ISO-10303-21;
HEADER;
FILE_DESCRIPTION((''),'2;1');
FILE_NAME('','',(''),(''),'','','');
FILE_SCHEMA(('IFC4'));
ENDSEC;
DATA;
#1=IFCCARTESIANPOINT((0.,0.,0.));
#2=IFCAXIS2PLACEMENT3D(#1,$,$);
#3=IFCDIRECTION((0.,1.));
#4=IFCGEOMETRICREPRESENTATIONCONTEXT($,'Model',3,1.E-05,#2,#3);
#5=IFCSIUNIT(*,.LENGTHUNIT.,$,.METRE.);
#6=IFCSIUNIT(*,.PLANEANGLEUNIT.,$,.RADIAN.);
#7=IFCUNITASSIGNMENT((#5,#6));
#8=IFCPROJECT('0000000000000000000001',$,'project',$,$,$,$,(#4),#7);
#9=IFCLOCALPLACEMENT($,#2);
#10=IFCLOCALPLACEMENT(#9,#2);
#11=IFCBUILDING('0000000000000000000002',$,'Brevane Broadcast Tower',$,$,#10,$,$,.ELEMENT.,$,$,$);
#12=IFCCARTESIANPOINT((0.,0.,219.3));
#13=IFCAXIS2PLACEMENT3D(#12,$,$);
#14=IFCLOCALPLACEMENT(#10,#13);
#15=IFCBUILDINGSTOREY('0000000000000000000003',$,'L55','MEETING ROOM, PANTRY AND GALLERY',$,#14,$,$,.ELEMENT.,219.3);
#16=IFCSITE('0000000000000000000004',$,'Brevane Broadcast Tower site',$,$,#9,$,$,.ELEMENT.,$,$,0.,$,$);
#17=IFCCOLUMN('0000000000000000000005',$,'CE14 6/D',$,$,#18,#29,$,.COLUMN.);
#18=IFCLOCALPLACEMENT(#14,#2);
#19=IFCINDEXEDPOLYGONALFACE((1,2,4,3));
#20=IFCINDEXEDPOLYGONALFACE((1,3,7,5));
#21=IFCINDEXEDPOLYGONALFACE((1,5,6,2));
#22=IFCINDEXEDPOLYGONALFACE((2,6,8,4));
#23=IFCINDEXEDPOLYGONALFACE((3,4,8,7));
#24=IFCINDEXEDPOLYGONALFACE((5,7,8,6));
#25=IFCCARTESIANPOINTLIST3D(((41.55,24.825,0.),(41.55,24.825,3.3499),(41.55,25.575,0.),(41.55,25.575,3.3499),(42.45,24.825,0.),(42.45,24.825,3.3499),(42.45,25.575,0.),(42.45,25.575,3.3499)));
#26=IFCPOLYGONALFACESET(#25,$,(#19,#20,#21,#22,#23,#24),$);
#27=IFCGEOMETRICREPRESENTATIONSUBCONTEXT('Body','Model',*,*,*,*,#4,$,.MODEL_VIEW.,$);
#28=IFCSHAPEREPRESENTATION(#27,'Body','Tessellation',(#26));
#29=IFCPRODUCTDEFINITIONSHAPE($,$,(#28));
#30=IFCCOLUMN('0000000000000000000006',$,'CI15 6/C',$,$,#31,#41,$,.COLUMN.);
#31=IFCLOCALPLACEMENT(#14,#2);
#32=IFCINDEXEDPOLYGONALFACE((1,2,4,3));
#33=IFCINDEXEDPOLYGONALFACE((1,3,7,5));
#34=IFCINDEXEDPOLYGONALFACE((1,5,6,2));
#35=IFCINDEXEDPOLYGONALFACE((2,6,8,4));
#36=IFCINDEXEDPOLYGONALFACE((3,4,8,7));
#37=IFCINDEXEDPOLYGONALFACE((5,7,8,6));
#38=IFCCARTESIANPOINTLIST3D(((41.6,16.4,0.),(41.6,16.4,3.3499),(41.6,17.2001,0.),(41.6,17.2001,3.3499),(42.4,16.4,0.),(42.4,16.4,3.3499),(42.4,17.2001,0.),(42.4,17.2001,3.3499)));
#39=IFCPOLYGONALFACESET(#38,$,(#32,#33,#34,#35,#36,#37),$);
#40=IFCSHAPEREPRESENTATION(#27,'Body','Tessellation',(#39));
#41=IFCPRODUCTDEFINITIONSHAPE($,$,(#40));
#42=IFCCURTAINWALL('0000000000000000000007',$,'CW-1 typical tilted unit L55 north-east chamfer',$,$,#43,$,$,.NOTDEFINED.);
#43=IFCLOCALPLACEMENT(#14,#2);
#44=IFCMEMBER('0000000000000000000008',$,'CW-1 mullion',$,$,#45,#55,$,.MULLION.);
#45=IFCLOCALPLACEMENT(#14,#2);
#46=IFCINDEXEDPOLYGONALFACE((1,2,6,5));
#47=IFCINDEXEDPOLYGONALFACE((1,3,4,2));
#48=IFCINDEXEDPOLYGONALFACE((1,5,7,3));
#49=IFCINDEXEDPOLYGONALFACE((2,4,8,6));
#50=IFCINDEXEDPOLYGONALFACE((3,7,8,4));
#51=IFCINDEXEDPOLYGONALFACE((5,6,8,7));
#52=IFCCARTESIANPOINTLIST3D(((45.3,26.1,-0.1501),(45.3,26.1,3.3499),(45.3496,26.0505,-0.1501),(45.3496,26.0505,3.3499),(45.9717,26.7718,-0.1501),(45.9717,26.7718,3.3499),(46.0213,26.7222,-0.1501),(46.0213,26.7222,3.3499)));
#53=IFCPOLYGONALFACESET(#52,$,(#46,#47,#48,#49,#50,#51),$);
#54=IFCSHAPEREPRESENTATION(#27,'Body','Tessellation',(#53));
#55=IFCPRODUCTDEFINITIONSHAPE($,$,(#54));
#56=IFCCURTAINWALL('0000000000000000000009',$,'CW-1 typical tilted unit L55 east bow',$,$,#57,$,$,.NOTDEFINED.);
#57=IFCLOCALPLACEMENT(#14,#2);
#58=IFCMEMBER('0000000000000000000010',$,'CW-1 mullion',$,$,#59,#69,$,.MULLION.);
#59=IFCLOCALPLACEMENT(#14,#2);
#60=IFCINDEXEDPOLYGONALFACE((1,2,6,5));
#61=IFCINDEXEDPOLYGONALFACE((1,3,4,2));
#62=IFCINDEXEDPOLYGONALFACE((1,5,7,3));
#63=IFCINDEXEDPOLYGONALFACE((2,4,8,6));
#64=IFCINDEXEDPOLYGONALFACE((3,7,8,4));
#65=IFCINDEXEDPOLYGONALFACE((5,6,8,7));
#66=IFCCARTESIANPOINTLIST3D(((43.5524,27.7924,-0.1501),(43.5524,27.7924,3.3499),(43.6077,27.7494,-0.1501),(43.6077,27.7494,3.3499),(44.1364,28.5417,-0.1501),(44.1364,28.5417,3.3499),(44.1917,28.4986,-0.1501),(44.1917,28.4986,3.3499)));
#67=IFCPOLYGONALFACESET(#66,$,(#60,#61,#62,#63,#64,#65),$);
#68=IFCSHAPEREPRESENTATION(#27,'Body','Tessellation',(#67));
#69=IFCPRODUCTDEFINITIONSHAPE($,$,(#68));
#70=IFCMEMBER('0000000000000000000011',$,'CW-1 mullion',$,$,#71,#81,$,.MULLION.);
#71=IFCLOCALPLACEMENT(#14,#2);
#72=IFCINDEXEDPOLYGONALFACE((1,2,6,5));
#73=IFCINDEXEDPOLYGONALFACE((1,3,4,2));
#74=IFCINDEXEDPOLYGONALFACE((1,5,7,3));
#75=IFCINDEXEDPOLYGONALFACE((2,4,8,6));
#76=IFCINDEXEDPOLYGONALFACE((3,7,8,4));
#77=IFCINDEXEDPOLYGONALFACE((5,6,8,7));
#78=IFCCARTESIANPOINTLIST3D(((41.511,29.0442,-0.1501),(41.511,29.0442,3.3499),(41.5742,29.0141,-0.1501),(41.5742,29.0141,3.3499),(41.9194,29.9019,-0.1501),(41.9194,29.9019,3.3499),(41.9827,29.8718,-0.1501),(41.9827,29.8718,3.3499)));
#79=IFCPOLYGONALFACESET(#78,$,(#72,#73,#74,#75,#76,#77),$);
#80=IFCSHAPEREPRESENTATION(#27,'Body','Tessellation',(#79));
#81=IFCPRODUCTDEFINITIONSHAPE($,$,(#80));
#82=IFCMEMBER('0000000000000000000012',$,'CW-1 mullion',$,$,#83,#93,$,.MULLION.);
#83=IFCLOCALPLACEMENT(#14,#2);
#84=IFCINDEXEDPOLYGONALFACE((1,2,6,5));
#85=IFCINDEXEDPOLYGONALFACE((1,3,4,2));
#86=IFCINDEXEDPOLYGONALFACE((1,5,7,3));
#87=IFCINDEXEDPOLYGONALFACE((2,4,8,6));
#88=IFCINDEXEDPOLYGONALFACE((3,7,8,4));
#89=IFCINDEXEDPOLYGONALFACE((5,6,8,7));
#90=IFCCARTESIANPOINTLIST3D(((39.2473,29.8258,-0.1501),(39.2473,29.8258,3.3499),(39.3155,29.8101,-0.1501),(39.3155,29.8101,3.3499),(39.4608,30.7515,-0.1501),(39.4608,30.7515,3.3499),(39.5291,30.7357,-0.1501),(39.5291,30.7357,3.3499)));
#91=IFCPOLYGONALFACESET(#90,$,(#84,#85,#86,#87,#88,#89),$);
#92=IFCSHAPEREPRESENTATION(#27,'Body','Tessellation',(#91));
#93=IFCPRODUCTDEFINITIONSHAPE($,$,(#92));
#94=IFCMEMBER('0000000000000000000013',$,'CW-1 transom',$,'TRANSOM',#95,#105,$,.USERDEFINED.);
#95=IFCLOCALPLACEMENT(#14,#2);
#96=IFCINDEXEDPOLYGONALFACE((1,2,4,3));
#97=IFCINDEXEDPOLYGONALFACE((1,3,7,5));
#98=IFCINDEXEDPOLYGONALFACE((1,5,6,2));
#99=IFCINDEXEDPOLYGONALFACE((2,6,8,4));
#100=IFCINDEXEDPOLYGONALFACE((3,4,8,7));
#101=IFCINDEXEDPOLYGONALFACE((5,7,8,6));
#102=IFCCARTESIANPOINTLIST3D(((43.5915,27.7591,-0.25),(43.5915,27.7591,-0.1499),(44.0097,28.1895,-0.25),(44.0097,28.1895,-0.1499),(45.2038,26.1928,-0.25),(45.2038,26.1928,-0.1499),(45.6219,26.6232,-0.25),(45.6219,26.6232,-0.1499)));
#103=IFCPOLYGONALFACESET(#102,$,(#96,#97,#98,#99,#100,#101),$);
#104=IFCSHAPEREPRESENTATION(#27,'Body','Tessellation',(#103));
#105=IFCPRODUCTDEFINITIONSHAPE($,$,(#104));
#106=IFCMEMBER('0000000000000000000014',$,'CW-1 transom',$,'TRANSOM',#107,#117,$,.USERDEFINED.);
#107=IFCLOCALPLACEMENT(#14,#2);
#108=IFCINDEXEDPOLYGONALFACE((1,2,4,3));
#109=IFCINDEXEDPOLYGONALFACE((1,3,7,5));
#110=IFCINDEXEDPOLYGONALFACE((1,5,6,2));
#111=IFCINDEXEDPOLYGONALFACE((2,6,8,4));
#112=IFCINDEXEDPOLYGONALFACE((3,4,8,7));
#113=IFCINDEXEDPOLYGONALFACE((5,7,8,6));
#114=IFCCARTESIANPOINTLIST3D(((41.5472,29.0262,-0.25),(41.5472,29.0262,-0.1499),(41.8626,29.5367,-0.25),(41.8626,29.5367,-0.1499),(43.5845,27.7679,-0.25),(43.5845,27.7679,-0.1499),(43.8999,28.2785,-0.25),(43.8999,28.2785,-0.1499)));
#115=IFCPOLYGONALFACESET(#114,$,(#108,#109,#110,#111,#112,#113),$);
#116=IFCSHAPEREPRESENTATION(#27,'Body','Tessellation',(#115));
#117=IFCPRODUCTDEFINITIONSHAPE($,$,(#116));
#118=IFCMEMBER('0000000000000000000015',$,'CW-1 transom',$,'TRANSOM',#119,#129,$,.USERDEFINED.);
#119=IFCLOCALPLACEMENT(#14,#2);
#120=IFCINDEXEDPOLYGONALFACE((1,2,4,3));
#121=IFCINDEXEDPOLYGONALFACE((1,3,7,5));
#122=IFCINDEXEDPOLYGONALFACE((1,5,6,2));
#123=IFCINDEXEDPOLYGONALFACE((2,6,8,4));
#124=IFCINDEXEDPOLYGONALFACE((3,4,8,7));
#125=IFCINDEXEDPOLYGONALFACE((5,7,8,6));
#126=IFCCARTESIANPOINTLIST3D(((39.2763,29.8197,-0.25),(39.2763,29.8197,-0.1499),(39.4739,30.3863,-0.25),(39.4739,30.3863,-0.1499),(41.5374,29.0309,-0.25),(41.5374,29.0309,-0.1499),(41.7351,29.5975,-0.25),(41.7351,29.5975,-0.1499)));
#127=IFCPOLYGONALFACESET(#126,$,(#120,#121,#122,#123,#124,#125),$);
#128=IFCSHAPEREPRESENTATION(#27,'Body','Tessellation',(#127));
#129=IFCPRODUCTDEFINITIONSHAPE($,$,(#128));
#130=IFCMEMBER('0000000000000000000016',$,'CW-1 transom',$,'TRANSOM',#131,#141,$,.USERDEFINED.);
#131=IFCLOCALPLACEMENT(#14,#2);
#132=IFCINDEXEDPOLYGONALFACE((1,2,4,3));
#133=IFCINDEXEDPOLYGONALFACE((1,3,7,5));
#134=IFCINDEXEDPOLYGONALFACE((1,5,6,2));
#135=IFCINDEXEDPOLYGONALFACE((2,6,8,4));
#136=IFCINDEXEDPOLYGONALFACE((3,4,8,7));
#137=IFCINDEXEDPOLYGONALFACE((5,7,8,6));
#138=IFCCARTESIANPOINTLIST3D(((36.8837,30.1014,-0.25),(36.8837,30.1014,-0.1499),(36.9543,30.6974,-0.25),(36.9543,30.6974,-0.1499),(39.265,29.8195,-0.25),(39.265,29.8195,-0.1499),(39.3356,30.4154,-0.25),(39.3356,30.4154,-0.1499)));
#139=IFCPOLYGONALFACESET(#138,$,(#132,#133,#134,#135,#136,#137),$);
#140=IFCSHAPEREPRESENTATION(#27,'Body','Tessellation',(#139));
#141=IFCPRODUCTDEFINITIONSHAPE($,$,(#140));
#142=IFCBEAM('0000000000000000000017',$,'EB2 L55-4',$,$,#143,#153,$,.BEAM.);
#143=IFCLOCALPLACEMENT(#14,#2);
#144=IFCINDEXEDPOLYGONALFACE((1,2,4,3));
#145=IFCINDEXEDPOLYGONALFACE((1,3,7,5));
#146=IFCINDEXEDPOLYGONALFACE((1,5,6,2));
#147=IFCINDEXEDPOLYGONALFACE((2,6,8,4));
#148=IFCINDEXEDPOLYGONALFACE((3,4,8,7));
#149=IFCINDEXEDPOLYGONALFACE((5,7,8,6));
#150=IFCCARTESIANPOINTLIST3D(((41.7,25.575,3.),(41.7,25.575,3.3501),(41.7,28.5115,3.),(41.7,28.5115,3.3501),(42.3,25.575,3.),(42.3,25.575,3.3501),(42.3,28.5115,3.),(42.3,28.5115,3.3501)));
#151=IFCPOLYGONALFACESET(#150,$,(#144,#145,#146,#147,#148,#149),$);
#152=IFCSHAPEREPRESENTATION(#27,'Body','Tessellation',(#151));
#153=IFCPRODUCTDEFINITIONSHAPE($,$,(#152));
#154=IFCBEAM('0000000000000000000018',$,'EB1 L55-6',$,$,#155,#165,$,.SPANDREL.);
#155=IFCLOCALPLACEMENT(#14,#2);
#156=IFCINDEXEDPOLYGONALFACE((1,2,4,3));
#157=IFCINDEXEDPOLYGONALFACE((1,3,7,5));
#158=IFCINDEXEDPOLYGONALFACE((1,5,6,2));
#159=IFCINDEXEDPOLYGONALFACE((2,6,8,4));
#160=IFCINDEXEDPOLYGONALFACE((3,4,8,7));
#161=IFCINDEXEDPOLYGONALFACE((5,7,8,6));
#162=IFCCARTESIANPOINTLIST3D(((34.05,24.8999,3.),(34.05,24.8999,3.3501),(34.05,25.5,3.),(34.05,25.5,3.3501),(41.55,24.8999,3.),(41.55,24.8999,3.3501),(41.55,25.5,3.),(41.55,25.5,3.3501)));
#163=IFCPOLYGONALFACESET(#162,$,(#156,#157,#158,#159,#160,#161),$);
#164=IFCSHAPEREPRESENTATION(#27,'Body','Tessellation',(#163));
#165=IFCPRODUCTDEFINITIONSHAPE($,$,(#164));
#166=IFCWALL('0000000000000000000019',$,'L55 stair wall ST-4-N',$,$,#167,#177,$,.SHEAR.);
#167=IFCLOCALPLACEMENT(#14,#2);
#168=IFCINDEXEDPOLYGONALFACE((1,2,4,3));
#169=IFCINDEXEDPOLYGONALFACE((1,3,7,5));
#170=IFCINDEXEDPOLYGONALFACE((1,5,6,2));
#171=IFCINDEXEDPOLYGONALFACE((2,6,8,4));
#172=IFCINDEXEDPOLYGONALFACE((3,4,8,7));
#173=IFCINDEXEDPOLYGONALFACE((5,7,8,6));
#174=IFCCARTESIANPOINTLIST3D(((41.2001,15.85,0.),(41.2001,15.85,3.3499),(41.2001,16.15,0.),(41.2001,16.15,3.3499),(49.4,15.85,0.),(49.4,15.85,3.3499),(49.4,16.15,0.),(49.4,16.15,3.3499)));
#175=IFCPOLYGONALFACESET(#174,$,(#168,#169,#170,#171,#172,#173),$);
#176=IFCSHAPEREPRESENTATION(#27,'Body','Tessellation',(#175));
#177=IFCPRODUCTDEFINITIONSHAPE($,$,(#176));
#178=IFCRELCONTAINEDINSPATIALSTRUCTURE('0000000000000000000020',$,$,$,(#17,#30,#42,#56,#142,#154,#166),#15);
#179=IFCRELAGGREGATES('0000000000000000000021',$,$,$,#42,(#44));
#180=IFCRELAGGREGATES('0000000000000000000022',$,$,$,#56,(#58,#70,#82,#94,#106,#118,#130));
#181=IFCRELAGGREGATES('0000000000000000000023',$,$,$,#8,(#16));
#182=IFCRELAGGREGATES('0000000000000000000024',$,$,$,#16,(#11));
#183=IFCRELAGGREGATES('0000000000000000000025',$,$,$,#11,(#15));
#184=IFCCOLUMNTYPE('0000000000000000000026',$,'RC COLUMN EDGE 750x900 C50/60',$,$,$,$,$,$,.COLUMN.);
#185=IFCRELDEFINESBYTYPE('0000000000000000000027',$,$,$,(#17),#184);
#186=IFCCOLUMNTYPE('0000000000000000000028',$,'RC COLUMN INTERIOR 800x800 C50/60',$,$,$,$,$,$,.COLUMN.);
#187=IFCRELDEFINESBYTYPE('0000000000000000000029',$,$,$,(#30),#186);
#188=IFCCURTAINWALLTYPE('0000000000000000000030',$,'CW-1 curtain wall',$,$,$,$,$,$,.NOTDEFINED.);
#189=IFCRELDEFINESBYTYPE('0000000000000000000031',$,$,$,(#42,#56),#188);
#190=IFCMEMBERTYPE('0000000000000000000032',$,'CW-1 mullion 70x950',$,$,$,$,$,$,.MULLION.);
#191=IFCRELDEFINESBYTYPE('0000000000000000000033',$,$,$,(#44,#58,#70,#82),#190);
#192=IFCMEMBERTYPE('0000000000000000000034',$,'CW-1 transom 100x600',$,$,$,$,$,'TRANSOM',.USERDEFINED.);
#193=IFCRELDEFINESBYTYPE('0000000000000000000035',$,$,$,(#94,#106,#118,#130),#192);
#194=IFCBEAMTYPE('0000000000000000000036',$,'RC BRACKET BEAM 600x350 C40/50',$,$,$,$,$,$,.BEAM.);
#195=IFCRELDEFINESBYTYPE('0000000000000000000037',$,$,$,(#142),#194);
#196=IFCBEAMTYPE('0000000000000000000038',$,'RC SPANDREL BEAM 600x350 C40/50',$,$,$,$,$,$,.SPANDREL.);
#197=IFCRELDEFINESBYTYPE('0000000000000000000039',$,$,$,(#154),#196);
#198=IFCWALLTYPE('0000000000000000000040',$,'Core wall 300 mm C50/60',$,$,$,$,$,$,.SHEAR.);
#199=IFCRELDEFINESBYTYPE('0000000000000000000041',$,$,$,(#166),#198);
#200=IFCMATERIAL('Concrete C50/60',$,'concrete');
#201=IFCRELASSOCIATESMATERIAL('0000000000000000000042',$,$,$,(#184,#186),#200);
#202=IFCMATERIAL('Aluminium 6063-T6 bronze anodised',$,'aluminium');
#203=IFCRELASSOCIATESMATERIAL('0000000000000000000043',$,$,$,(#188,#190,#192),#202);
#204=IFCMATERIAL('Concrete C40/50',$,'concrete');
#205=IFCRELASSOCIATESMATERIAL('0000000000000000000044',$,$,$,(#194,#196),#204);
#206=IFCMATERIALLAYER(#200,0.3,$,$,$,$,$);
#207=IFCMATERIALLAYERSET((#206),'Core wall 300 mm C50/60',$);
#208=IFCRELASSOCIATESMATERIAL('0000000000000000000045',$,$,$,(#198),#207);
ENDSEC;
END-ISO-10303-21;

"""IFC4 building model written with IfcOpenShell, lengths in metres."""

from ifc_helpers import new_model, si_unit, direction, frame, frame_2d, origin, origin_2d, place, context, subcontext, project, spatial, rectangle, extrude, material, layer, layer_set, material_profile, profile_set, type_object, element, aggregate, save


model = new_model("IFC4")

# Units and contexts
model_context = context("Model", 3, precision=1e-05, world=origin(), true_north=direction((0.0, 1.0)))
body_context = subcontext(model_context, "Body", "Model", "MODEL_VIEW")
ifc_project = project(units=[si_unit("LENGTHUNIT", "METRE"), si_unit("PLANEANGLEUNIT", "RADIAN")], contexts=[model_context])

# Site, building, storey
site_placement = place(None, origin())
site = spatial("IfcSite", under=ifc_project, at=site_placement, Name="Brevane Broadcast Tower site", CompositionType="ELEMENT", RefElevation=0.0)
building_placement = place(site_placement, origin())
building = spatial("IfcBuilding", under=site, at=building_placement, Name="Brevane Broadcast Tower", CompositionType="ELEMENT")
storey_placement = place(building_placement, frame((0.0, 0.0, 219.3)))
storey = spatial("IfcBuildingStorey", under=building, at=storey_placement, Name="L55", Description="MEETING ROOM, PANTRY AND GALLERY", CompositionType="ELEMENT", Elevation=219.3)

# Columns
ifc_material_1 = material(Name="Concrete C50/60", Category="concrete")
ifc_material_profile_1 = material_profile(ifc_material_1, rectangle(XDim=0.75, YDim=0.8999, at=origin_2d()), Name="RC 750x900")
ifc_profile_set_1 = profile_set([ifc_material_profile_1], Name="Concrete C50/60")
column_type_1 = type_object("IfcColumnType", Name="RC COLUMN EDGE 750x900 C50/60", PredefinedType="COLUMN", material=ifc_profile_set_1)
column_1_placement = place(storey_placement, frame((42.0, 25.2, 0.0), z_axis=(0.0, 0.0, 1.0), x_axis=(0.0, 1.0, 0.0)))
element("IfcColumn", 1, at=column_1_placement, inside=storey, type_object=column_type_1, Name="CE14 6/D", PredefinedType="COLUMN", context=body_context, shape_type="SweptSolid", body=[
    extrude(rectangle(XDim=0.75, YDim=0.8999, at=origin_2d()), origin(), (0.0, 0.0, 1.0), 3.3499),
])
ifc_material_profile_2 = material_profile(ifc_material_1, rectangle(XDim=0.8, YDim=0.8, at=origin_2d()), Name="RC 800x800")
ifc_profile_set_2 = profile_set([ifc_material_profile_2], Name="Concrete C50/60")
column_type_2 = type_object("IfcColumnType", Name="RC COLUMN INTERIOR 800x800 C50/60", PredefinedType="COLUMN", material=ifc_profile_set_2)
column_2_placement = place(storey_placement, frame((42.0, 16.8, 0.0), z_axis=(0.0, 0.0, 1.0), x_axis=(1.0, 0.0, 0.0)))
element("IfcColumn", 2, at=column_2_placement, inside=storey, type_object=column_type_2, Name="CI15 6/C", PredefinedType="COLUMN", context=body_context, shape_type="SweptSolid", body=[
    extrude(rectangle(XDim=0.8, YDim=0.8, at=origin_2d()), origin(), (0.0, 0.0, 1.0), 3.3499),
])

# Curtain wall, member
ifc_material_2 = material(Name="Aluminium 6063-T6 bronze anodised", Category="aluminium")
curtain_wall_type = type_object("IfcCurtainWallType", Name="CW-1 curtain wall", PredefinedType="NOTDEFINED", material=ifc_material_2)
curtain_wall_1_placement = place(storey_placement, origin())
curtain_wall_1 = element("IfcCurtainWall", 3, at=curtain_wall_1_placement, inside=storey, type_object=curtain_wall_type, Name="CW-1 typical tilted unit L55 north-east chamfer", PredefinedType="NOTDEFINED")
ifc_material_profile_3 = material_profile(ifc_material_2, rectangle(XDim=0.95, YDim=0.0701, at=origin_2d()), Name="RECT 70x950")
ifc_profile_set_3 = profile_set([ifc_material_profile_3], Name="Aluminium 6063-T6 bronze anodised")
member_type_1 = type_object("IfcMemberType", Name="CW-1 mullion 70x950", PredefinedType="MULLION", material=ifc_profile_set_3)
member_1_placement = place(storey_placement, frame((45.6606, 26.4111, -0.1501), z_axis=(0.0, 0.0, 1.0), x_axis=(-0.707107, -0.707107, 0.0)))
member_1 = element("IfcMember", 4, at=member_1_placement, type_object=member_type_1, Name="CW-1 mullion", PredefinedType="MULLION", context=body_context, shape_type="SweptSolid", body=[
    extrude(rectangle(XDim=0.95, YDim=0.0701, at=origin_2d()), origin(), (0.0, 0.0, 1.0), 3.5),
])
aggregate(curtain_wall_1, [member_1])

# Curtain wall, members
curtain_wall_2_placement = place(storey_placement, origin())
curtain_wall_2 = element("IfcCurtainWall", 5, at=curtain_wall_2_placement, inside=storey, type_object=curtain_wall_type, Name="CW-1 typical tilted unit L55 east bow", PredefinedType="NOTDEFINED")
member_2_placement = place(storey_placement, frame((43.8721, 28.1455, -0.1501), z_axis=(0.0, 0.0, 1.0), x_axis=(-0.61477, -0.788707, 0.0)))
member_2 = element("IfcMember", 6, at=member_2_placement, type_object=member_type_1, Name="CW-1 mullion", PredefinedType="MULLION", context=body_context, shape_type="SweptSolid", body=[
    extrude(rectangle(XDim=0.95, YDim=0.0701, at=origin_2d()), origin(), (0.0, 0.0, 1.0), 3.5),
])
member_3_placement = place(storey_placement, frame((41.7468, 29.458, -0.1501), z_axis=(0.0, 0.0, 1.0), x_axis=(-0.429934, -0.902861, 0.0)))
member_3 = element("IfcMember", 7, at=member_3_placement, type_object=member_type_1, Name="CW-1 mullion", PredefinedType="MULLION", context=body_context, shape_type="SweptSolid", body=[
    extrude(rectangle(XDim=0.95, YDim=0.0701, at=origin_2d()), origin(), (0.0, 0.0, 1.0), 3.5),
])
member_4_placement = place(storey_placement, frame((39.3882, 30.2808, -0.1501), z_axis=(0.0, 0.0, 1.0), x_axis=(-0.224807, -0.974403, 0.0)))
member_4 = element("IfcMember", 8, at=member_4_placement, type_object=member_type_1, Name="CW-1 mullion", PredefinedType="MULLION", context=body_context, shape_type="SweptSolid", body=[
    extrude(rectangle(XDim=0.95, YDim=0.0701, at=origin_2d()), origin(), (0.0, 0.0, 1.0), 3.5),
])
ifc_material_profile_4 = material_profile(ifc_material_2, rectangle(XDim=0.6001, YDim=0.1001, at=origin_2d()), Name="RECT 100x600")
ifc_profile_set_4 = profile_set([ifc_material_profile_4], Name="Aluminium 6063-T6 bronze anodised")
member_type_2 = type_object("IfcMemberType", Name="CW-1 transom 100x600", ElementType="TRANSOM", PredefinedType="USERDEFINED", material=ifc_profile_set_4)
member_5_placement = place(storey_placement, frame((45.4128, 26.408, -0.2), z_axis=(-0.717242, 0.696824, 0.0), x_axis=(-0.696824, -0.717242, 0.0)))
member_5 = element("IfcMember", 9, at=member_5_placement, type_object=member_type_2, Name="CW-1 transom", ObjectType="TRANSOM", PredefinedType="USERDEFINED", context=body_context, shape_type="SweptSolid", body=[
    extrude(rectangle(XDim=0.6001, YDim=0.1001, at=origin_2d()), origin(), (0.0, 0.0, 1.0), 2.2478),
])
member_6_placement = place(storey_placement, frame((43.7422, 28.0232, -0.2), z_axis=(-0.85081, 0.525473, 0.0), x_axis=(-0.525473, -0.85081, 0.0)))
member_6 = element("IfcMember", 10, at=member_6_placement, type_object=member_type_2, Name="CW-1 transom", ObjectType="TRANSOM", PredefinedType="USERDEFINED", context=body_context, shape_type="SweptSolid", body=[
    extrude(rectangle(XDim=0.6001, YDim=0.1001, at=origin_2d()), origin(), (0.0, 0.0, 1.0), 2.3945),
])
member_7_placement = place(storey_placement, frame((41.6362, 29.3142, -0.2), z_axis=(-0.944198, 0.329378, 0.0), x_axis=(-0.329378, -0.944198, 0.0)))
member_7 = element("IfcMember", 11, at=member_7_placement, type_object=member_type_2, Name="CW-1 transom", ObjectType="TRANSOM", PredefinedType="USERDEFINED", context=body_context, shape_type="SweptSolid", body=[
    extrude(rectangle(XDim=0.6001, YDim=0.1001, at=origin_2d()), origin(), (0.0, 0.0, 1.0), 2.3948),
])
member_8_placement = place(storey_placement, frame((39.3003, 30.1174, -0.2), z_axis=(-0.993062, 0.117591, 0.0), x_axis=(-0.117591, -0.993062, 0.0)))
member_8 = element("IfcMember", 12, at=member_8_placement, type_object=member_type_2, Name="CW-1 transom", ObjectType="TRANSOM", PredefinedType="USERDEFINED", context=body_context, shape_type="SweptSolid", body=[
    extrude(rectangle(XDim=0.6001, YDim=0.1001, at=origin_2d()), origin(), (0.0, 0.0, 1.0), 2.3979),
])
aggregate(curtain_wall_2, [member_2, member_3, member_4, member_5, member_6, member_7, member_8])

# Beams
ifc_material_3 = material(Name="Concrete C40/50", Category="concrete")
ifc_material_profile_5 = material_profile(ifc_material_3, rectangle(XDim=0.6001, YDim=0.3501, at=origin_2d()), Name="RC 600x350")
ifc_profile_set_5 = profile_set([ifc_material_profile_5], Name="Concrete C40/50")
beam_type_1 = type_object("IfcBeamType", Name="RC BRACKET BEAM 600x350 C40/50", PredefinedType="BEAM", material=ifc_profile_set_5)
beam_1_placement = place(storey_placement, frame((42.0, 25.575, 3.175), z_axis=(0.0, 1.0, 0.0), x_axis=(-1.0, 0.0, 0.0)))
element("IfcBeam", 13, at=beam_1_placement, inside=storey, type_object=beam_type_1, Name="EB2 L55-4", PredefinedType="BEAM", context=body_context, shape_type="SweptSolid", body=[
    extrude(rectangle(XDim=0.6001, YDim=0.3501, at=origin_2d()), origin(), (0.0, 0.0, 1.0), 2.9365),
])
ifc_material_profile_6 = material_profile(ifc_material_3, rectangle(XDim=0.6001, YDim=0.3501, at=origin_2d()), Name="RC 600x350")
ifc_profile_set_6 = profile_set([ifc_material_profile_6], Name="Concrete C40/50")
beam_type_2 = type_object("IfcBeamType", Name="RC SPANDREL BEAM 600x350 C40/50", PredefinedType="SPANDREL", material=ifc_profile_set_6)
beam_2_placement = place(storey_placement, frame((41.55, 25.2, 3.175), z_axis=(-1.0, 0.0, 0.0), x_axis=(0.0, -1.0, 0.0)))
element("IfcBeam", 14, at=beam_2_placement, inside=storey, type_object=beam_type_2, Name="EB1 L55-6", PredefinedType="SPANDREL", context=body_context, shape_type="SweptSolid", body=[
    extrude(rectangle(XDim=0.6001, YDim=0.3501, at=origin_2d()), origin(), (0.0, 0.0, 1.0), 7.5),
])

# Wall
ifc_layer_1 = layer(ifc_material_1, 0.3)
ifc_layer_set_1 = layer_set([ifc_layer_1], Name="Core wall 300 mm C50/60")
wall_type_1 = type_object("IfcWallType", Name="Core wall 300 mm C50/60", PredefinedType="SHEAR", material=ifc_layer_set_1)
wall_1_placement = place(storey_placement, frame((41.2, 16.0, 0.0), z_axis=(0.0, 0.0, 1.0), x_axis=(1.0, 0.0, 0.0)))
element("IfcWall", 15, at=wall_1_placement, inside=storey, type_object=wall_type_1, Name="L55 stair wall ST-4-N", PredefinedType="SHEAR", context=body_context, shape_type="SweptSolid", body=[
    extrude(rectangle(XDim=8.2, YDim=0.3, at=frame_2d((4.1001, 0.0))), origin(), (0.0, 0.0, 1.0), 3.3499),
])

save(model, "model.ifc")
